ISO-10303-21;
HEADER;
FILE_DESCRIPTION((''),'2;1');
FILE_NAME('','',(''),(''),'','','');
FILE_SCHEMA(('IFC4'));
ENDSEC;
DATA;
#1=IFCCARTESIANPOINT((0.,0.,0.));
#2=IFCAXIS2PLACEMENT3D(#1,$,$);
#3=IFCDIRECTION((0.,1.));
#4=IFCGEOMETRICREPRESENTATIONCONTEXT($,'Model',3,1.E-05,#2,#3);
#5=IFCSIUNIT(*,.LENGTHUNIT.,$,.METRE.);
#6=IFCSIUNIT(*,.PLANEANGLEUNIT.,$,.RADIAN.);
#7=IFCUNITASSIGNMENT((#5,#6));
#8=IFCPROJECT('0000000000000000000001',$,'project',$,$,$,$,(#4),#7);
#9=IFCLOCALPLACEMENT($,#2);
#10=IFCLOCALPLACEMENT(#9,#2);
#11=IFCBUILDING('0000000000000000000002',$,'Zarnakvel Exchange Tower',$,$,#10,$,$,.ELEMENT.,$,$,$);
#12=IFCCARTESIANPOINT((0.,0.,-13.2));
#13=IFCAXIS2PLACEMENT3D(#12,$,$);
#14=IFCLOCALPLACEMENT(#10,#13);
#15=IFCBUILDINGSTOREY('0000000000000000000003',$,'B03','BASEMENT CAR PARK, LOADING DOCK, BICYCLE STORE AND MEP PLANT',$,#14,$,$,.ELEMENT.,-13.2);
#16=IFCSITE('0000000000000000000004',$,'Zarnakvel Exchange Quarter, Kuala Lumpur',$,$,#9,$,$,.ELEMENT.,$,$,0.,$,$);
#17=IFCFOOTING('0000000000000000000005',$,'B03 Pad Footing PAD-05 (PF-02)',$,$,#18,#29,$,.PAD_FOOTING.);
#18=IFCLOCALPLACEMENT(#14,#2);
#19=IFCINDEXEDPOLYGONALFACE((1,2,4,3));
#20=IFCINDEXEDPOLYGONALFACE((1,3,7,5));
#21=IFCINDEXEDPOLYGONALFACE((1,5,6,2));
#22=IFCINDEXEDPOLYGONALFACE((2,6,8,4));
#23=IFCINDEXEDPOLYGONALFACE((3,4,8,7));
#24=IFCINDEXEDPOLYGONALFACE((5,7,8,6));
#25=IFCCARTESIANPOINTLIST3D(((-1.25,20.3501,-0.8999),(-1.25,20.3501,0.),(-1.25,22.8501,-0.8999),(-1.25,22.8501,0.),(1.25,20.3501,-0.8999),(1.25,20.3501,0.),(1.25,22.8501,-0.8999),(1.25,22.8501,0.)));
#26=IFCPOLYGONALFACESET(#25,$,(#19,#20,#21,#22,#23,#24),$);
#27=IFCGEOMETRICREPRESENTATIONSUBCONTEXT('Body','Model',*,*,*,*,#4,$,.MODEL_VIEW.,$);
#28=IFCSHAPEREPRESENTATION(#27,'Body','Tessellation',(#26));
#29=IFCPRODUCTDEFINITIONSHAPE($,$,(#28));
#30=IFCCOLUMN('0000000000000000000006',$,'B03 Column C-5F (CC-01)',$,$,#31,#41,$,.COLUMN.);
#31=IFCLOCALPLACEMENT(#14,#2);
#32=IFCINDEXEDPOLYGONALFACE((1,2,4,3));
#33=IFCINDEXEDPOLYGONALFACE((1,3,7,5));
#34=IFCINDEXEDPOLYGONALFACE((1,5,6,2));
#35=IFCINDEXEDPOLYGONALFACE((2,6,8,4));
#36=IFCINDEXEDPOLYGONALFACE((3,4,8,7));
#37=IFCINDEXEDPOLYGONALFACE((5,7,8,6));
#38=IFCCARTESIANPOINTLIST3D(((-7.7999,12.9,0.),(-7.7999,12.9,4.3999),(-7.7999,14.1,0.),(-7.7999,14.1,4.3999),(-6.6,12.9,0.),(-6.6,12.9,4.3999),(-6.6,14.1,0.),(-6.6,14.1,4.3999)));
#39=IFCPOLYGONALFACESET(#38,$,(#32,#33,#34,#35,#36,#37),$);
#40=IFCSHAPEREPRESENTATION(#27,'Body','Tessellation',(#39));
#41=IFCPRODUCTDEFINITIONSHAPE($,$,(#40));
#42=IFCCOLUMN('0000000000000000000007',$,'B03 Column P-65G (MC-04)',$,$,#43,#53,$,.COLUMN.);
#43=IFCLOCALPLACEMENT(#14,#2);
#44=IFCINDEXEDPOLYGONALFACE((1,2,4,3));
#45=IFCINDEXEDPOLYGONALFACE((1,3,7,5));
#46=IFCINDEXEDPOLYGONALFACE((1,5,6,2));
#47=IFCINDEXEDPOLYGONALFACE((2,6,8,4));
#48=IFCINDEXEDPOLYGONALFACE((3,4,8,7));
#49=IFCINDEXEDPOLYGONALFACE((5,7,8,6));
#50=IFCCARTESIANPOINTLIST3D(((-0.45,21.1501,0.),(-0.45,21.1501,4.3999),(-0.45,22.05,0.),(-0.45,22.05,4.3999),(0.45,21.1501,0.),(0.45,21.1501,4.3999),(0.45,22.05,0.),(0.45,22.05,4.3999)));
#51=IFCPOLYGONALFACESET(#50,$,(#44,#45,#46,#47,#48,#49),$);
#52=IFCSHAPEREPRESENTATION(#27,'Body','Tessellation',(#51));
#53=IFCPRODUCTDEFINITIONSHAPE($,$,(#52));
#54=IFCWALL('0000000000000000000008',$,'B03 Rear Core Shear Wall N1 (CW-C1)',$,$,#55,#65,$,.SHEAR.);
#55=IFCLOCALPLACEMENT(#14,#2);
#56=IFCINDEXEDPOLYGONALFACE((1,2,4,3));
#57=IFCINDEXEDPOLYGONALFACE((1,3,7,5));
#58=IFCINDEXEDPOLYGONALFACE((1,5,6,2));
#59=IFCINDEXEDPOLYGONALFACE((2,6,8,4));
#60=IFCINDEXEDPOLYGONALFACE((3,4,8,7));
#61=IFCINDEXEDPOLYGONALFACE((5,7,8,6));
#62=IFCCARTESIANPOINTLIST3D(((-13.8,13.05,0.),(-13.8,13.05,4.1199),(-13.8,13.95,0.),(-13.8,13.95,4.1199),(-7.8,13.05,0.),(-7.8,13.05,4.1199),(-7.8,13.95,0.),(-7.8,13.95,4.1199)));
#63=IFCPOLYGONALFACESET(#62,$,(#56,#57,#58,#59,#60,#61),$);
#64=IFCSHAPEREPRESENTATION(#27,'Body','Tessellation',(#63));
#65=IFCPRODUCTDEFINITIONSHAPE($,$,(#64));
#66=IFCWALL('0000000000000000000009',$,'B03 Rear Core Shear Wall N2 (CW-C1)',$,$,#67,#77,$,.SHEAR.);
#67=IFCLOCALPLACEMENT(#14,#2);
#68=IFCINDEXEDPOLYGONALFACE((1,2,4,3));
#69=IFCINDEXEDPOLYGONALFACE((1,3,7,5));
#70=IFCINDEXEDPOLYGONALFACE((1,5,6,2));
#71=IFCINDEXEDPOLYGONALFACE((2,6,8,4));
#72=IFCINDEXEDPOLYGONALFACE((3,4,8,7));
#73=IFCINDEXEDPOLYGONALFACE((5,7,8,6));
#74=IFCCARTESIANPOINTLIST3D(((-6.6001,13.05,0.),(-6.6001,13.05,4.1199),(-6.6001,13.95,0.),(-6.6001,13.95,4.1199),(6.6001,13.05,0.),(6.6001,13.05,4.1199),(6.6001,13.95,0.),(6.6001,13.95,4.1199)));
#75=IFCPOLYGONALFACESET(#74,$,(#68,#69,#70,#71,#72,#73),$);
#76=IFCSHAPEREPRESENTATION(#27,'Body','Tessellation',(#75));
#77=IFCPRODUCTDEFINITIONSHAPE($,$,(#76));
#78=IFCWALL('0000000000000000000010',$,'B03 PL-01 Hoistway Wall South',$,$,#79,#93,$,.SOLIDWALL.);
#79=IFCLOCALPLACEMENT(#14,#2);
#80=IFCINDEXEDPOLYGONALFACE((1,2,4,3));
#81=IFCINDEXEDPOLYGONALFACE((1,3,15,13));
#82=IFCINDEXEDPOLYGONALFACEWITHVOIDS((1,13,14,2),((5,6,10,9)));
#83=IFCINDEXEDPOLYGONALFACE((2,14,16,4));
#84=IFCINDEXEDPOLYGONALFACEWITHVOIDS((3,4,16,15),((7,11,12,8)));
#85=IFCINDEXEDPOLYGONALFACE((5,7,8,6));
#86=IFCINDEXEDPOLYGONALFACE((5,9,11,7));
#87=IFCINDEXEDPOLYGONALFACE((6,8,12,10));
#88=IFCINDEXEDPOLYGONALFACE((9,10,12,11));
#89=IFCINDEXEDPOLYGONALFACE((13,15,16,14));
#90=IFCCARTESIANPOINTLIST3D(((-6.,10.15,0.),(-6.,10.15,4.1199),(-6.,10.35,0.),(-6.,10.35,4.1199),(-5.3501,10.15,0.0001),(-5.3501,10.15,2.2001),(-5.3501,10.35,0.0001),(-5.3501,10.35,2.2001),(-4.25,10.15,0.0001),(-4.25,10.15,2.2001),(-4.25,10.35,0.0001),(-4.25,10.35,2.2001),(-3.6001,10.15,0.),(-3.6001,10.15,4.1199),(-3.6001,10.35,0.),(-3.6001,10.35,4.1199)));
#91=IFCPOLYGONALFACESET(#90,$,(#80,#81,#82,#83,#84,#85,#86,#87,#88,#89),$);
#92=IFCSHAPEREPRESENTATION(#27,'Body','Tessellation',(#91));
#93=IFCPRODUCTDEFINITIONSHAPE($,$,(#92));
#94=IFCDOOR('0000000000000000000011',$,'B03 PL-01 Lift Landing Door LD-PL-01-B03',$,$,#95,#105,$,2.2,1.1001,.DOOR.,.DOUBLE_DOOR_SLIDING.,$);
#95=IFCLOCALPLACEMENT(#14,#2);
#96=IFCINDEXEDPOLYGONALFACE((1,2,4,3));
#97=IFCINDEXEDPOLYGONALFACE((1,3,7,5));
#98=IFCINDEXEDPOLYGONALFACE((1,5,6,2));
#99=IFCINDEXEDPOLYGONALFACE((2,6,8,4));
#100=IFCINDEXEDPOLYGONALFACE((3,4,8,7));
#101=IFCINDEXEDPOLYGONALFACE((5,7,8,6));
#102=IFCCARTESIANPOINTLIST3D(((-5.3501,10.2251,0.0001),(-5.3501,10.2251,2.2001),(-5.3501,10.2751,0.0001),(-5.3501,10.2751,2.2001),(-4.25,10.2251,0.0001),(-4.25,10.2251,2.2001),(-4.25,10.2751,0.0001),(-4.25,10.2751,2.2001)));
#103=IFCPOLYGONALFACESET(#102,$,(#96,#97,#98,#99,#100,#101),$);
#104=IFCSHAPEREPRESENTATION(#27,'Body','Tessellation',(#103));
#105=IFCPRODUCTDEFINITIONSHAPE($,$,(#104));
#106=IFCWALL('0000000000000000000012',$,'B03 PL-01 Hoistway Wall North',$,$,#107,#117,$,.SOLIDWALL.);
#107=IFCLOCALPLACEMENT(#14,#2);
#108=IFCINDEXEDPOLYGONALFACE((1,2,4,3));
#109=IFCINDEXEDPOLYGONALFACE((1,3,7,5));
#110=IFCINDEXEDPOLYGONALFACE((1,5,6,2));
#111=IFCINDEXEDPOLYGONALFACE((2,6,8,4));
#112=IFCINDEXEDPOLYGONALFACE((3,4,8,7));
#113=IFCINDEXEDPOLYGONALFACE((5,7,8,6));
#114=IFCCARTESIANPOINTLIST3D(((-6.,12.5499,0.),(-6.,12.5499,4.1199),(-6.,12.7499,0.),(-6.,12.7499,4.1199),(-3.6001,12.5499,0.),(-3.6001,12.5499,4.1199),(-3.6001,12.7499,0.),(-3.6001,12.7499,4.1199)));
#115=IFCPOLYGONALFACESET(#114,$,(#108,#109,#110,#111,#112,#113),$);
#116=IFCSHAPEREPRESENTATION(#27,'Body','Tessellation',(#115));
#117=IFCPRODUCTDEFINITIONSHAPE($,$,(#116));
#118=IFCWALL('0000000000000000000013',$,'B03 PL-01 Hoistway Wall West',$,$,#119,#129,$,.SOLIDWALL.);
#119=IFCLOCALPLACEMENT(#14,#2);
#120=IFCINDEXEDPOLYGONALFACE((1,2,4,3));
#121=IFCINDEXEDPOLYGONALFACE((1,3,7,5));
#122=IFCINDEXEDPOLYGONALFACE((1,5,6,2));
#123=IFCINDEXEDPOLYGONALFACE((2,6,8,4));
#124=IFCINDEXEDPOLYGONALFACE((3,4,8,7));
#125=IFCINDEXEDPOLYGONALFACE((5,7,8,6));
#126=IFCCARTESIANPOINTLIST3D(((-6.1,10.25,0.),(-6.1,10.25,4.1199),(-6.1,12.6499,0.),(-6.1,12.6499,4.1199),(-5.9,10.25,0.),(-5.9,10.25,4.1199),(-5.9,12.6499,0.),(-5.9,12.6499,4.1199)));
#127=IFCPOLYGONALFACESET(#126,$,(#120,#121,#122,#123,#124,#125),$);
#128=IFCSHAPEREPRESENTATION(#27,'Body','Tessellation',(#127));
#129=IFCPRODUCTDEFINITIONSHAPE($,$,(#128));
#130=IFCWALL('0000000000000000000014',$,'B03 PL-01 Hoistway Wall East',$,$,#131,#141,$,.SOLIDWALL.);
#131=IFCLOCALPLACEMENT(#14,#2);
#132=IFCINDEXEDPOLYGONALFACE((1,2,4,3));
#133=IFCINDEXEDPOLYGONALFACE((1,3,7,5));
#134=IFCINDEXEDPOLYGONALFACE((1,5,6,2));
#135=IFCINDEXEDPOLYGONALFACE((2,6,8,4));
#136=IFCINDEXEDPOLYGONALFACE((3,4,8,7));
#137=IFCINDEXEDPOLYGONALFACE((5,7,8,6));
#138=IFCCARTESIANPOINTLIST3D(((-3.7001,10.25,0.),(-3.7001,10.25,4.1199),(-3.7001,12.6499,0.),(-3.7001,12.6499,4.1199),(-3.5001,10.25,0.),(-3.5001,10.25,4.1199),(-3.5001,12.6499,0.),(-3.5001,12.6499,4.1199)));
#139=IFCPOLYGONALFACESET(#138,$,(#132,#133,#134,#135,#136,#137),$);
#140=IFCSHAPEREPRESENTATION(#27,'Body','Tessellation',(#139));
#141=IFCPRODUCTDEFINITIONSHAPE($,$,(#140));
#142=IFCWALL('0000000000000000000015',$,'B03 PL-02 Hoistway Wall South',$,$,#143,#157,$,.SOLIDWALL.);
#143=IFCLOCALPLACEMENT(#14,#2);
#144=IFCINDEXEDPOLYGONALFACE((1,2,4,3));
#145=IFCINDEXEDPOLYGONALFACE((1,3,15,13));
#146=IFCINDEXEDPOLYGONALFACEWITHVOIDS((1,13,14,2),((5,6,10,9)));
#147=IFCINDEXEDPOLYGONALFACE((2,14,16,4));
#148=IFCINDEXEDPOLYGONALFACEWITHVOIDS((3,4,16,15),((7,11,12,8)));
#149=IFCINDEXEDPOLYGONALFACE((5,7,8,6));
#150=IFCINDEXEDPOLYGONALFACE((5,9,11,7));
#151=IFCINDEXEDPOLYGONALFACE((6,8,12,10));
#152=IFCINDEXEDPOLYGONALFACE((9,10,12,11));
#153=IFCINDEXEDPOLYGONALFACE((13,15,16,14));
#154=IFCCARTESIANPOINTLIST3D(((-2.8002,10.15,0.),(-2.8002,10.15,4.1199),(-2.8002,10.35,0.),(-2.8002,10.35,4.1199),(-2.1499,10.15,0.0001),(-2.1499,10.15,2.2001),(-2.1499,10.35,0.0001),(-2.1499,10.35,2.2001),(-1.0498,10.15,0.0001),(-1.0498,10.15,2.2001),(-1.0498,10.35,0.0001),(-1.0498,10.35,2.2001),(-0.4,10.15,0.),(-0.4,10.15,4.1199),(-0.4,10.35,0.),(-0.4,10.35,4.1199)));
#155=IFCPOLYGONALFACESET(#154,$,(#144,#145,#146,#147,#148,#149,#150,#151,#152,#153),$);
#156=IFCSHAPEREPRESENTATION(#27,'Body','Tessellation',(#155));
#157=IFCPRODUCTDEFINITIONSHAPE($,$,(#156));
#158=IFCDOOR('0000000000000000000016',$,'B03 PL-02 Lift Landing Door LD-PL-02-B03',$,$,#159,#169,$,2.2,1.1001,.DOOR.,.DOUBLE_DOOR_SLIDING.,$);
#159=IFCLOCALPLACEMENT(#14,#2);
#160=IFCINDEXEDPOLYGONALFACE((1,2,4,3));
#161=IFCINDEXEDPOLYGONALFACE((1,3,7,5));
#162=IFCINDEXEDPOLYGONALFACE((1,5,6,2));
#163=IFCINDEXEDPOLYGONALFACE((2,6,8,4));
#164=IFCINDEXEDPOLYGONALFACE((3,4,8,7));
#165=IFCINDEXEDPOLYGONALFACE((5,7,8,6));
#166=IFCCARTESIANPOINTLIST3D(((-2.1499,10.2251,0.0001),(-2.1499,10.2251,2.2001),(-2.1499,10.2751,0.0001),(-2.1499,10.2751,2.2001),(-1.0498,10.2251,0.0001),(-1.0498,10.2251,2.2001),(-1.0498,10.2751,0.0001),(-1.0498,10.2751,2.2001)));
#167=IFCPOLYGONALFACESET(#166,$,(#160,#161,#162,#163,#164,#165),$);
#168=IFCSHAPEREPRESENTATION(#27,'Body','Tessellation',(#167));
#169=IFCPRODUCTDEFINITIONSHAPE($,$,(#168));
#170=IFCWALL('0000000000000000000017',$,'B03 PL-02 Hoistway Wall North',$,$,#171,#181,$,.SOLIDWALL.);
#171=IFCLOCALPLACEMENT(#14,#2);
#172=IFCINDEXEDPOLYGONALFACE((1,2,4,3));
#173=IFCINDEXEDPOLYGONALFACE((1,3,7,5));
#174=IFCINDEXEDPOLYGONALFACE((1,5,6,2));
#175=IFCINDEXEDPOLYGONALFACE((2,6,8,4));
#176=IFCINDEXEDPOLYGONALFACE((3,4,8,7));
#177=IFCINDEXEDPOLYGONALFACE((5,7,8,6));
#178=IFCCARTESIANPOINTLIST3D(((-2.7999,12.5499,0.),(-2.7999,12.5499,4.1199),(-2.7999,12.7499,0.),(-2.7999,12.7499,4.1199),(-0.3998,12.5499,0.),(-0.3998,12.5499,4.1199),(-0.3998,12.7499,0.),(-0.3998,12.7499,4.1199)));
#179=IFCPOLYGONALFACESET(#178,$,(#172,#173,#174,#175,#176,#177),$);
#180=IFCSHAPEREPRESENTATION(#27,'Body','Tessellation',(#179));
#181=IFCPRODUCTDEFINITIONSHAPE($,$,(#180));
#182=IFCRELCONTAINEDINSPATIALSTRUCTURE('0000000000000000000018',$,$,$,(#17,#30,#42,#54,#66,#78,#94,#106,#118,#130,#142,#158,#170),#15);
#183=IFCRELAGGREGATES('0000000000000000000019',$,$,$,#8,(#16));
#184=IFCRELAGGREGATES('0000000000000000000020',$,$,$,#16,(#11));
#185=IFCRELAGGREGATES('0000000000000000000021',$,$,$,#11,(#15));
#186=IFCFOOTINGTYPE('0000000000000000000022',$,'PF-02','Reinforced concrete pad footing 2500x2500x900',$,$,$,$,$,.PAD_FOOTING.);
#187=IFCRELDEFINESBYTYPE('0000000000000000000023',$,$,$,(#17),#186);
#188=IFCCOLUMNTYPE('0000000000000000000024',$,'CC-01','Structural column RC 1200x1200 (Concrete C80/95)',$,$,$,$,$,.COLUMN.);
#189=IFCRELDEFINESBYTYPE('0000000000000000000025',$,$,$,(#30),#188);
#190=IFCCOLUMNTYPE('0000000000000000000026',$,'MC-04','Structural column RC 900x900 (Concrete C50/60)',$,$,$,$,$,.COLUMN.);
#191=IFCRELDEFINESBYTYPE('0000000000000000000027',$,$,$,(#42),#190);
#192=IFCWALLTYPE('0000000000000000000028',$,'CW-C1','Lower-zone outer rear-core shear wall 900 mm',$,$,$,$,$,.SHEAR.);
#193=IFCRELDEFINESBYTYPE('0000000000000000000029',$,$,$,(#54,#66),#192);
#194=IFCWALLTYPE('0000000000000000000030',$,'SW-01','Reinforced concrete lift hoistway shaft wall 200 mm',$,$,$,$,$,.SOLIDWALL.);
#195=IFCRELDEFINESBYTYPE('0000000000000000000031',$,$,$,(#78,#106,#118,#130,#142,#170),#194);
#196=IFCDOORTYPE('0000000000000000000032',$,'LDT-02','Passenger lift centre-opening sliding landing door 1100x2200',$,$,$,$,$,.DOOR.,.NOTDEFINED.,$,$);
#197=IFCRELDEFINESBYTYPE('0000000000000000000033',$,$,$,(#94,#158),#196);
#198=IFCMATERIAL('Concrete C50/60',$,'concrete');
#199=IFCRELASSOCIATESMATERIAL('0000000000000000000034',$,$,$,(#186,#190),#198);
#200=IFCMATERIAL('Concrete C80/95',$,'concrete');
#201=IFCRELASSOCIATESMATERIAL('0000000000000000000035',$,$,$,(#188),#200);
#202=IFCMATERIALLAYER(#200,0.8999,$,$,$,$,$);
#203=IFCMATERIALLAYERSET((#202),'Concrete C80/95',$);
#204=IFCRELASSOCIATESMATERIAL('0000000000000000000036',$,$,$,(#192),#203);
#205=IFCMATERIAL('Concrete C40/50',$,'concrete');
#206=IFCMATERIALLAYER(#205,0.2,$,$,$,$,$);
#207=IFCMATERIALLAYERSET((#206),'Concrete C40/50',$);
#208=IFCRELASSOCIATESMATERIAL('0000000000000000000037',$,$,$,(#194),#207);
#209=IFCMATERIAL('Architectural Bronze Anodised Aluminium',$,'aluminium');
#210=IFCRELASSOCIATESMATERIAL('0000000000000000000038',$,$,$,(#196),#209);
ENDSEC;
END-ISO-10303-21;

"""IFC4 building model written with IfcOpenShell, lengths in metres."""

from ifc_helpers import new_model, si_unit, direction, frame, frame_2d, origin, origin_2d, place, context, subcontext, project, spatial, rectangle, extrude, source, transform, mapped, material, layer, layer_set, material_profile, profile_set, type_object, element, fill, save


model = new_model("IFC4")

# Units and contexts
model_context = context("Model", 3, precision=1e-05, world=origin(), true_north=direction((0.0, 1.0)))
body_context = subcontext(model_context, "Body", "Model", "MODEL_VIEW")
ifc_project = project(units=[si_unit("LENGTHUNIT", "METRE"), si_unit("PLANEANGLEUNIT", "RADIAN")], contexts=[model_context])

# Site, building, storey
site_placement = place(None, origin())
site = spatial("IfcSite", under=ifc_project, at=site_placement, Name="Zarnakvel Exchange Quarter, Kuala Lumpur", CompositionType="ELEMENT", RefElevation=0.0)
building_placement = place(site_placement, origin())
building = spatial("IfcBuilding", under=site, at=building_placement, Name="Zarnakvel Exchange Tower", CompositionType="ELEMENT")
storey_placement = place(building_placement, frame((0.0, 0.0, -13.2)))
storey = spatial("IfcBuildingStorey", under=building, at=storey_placement, Name="B03", Description="BASEMENT CAR PARK, LOADING DOCK, BICYCLE STORE AND MEP PLANT", CompositionType="ELEMENT", Elevation=-13.2)

# Shared definitions
ifc_material_1 = material(Name="Concrete C50/60", Category="concrete")

# Footing
footing_type_1 = type_object("IfcFootingType", Name="PF-02", Description="Reinforced concrete pad footing 2500x2500x900", PredefinedType="PAD_FOOTING", material=ifc_material_1)
shared_shape_1 = source(origin(), body_context, "Body", "SweptSolid", [
    extrude(rectangle(XDim=2.5, YDim=2.5, at=origin_2d()), origin(), (0.0, 0.0, 1.0), 0.8999),
])
footing_1_placement = place(storey_placement, frame((0.0, 21.6001, -0.8999), z_axis=(0.0, 0.0, 1.0), x_axis=(1.0, 0.0, 0.0)))
element("IfcFooting", 1, at=footing_1_placement, inside=storey, type_object=footing_type_1, Name="B03 Pad Footing PAD-05 (PF-02)", PredefinedType="PAD_FOOTING", context=body_context, shape_type="MappedRepresentation", body=[
    mapped(shared_shape_1, transform((0.0, 0.0, 0.0), x_axis=(1.0, 0.0, 0.0), y_axis=(0.0, 1.0, 0.0), z_axis=(0.0, 0.0, 1.0), scale=1.0)),
])

# Columns
ifc_material_2 = material(Name="Concrete C80/95", Category="concrete")
ifc_material_profile_1 = material_profile(ifc_material_2, rectangle(XDim=1.2, YDim=1.2, at=origin_2d()))
ifc_profile_set_1 = profile_set([ifc_material_profile_1], Name="Concrete C80/95")
column_type_1 = type_object("IfcColumnType", Name="CC-01", Description="Structural column RC 1200x1200 (Concrete C80/95)", PredefinedType="COLUMN", material=ifc_profile_set_1)
column_1_placement = place(storey_placement, frame((-7.2, 13.5, 0.0), z_axis=(0.0, 0.0, 1.0), x_axis=(1.0, 0.0, 0.0)))
element("IfcColumn", 2, at=column_1_placement, inside=storey, type_object=column_type_1, Name="B03 Column C-5F (CC-01)", PredefinedType="COLUMN", context=body_context, shape_type="SweptSolid", body=[
    extrude(rectangle(XDim=1.2, YDim=1.2, at=origin_2d()), origin(), (0.0, 0.0, 1.0), 4.3999),
])
ifc_material_profile_2 = material_profile(ifc_material_1, rectangle(XDim=0.8999, YDim=0.8999, at=origin_2d()))
ifc_profile_set_2 = profile_set([ifc_material_profile_2], Name="Concrete C50/60")
column_type_2 = type_object("IfcColumnType", Name="MC-04", Description="Structural column RC 900x900 (Concrete C50/60)", PredefinedType="COLUMN", material=ifc_profile_set_2)
column_2_placement = place(storey_placement, frame((0.0, 21.6001, 0.0), z_axis=(0.0, 0.0, 1.0), x_axis=(1.0, 0.0, 0.0)))
element("IfcColumn", 3, at=column_2_placement, inside=storey, type_object=column_type_2, Name="B03 Column P-65G (MC-04)", PredefinedType="COLUMN", context=body_context, shape_type="SweptSolid", body=[
    extrude(rectangle(XDim=0.8999, YDim=0.8999, at=origin_2d()), origin(), (0.0, 0.0, 1.0), 4.3999),
])

# Walls
ifc_layer_1 = layer(ifc_material_2, 0.8999)
ifc_layer_set_1 = layer_set([ifc_layer_1], Name="Concrete C80/95")
wall_type_1 = type_object("IfcWallType", Name="CW-C1", Description="Lower-zone outer rear-core shear wall 900 mm", PredefinedType="SHEAR", material=ifc_layer_set_1)
wall_1_placement = place(storey_placement, frame((-13.8, 13.5, 0.0), z_axis=(0.0, 0.0, 1.0), x_axis=(1.0, 0.0, 0.0)))
element("IfcWall", 4, at=wall_1_placement, inside=storey, type_object=wall_type_1, Name="B03 Rear Core Shear Wall N1 (CW-C1)", PredefinedType="SHEAR", context=body_context, shape_type="SweptSolid", body=[
    extrude(rectangle(XDim=6.0, YDim=0.8999, at=frame_2d((3.0, 0.0))), origin(), (0.0, 0.0, 1.0), 4.1199),
])
wall_2_placement = place(storey_placement, frame((-6.6001, 13.5, 0.0), z_axis=(0.0, 0.0, 1.0), x_axis=(1.0, 0.0, 0.0)))
element("IfcWall", 5, at=wall_2_placement, inside=storey, type_object=wall_type_1, Name="B03 Rear Core Shear Wall N2 (CW-C1)", PredefinedType="SHEAR", context=body_context, shape_type="SweptSolid", body=[
    extrude(rectangle(XDim=13.2002, YDim=0.8999, at=frame_2d((6.6001, 0.0))), origin(), (0.0, 0.0, 1.0), 4.1199),
])

# Wall, opening, door
ifc_material_3 = material(Name="Concrete C40/50", Category="concrete")
ifc_layer_2 = layer(ifc_material_3, 0.2)
ifc_layer_set_2 = layer_set([ifc_layer_2], Name="Concrete C40/50")
wall_type_2 = type_object("IfcWallType", Name="SW-01", Description="Reinforced concrete lift hoistway shaft wall 200 mm", PredefinedType="SOLIDWALL", material=ifc_layer_set_2)
wall_3_placement = place(storey_placement, frame((-3.6001, 10.25, 0.0), z_axis=(0.0, 0.0, 1.0), x_axis=(-1.0, 0.0, 0.0)))
wall_3 = element("IfcWall", 6, at=wall_3_placement, inside=storey, type_object=wall_type_2, Name="B03 PL-01 Hoistway Wall South", PredefinedType="SOLIDWALL", context=body_context, shape_type="SweptSolid", body=[
    extrude(rectangle(XDim=2.3999, YDim=0.2, at=frame_2d((1.2, 0.0))), origin(), (0.0, 0.0, 1.0), 4.1199),
])
opening_1_placement = place(wall_3_placement, frame((0.6499, 0.0, 0.0)))
opening_1 = element("IfcOpeningElement", 7, at=opening_1_placement, cuts=wall_3, PredefinedType="OPENING", context=body_context, shape_type="SweptSolid", body=[
    extrude(rectangle(XDim=1.1001, YDim=2.2, at=frame_2d((0.55, 1.1001))), frame((0.0, 0.1099, 0.0), z_axis=(0.0, -1.0, 0.0), x_axis=(1.0, 0.0, 0.0)), (0.0, 0.0, 1.0), 0.22),
])
ifc_material_4 = material(Name="Architectural Bronze Anodised Aluminium", Category="aluminium")
door_type = type_object("IfcDoorType", Name="LDT-02", Description="Passenger lift centre-opening sliding landing door 1100x2200", OperationType="NOTDEFINED", PredefinedType="DOOR", material=ifc_material_4)
shared_shape_2 = source(origin(), body_context, "Body", "SweptSolid", [
    extrude(rectangle(XDim=1.1001, YDim=2.2, at=frame_2d((0.55, 1.1001))), frame((0.0, 0.0249, 0.0), z_axis=(0.0, -1.0, 0.0), x_axis=(1.0, 0.0, 0.0)), (0.0, 0.0, 1.0), 0.05),
])
door_1_placement = place(opening_1_placement, origin())
door_1 = element("IfcDoor", 8, at=door_1_placement, inside=storey, type_object=door_type, Name="B03 PL-01 Lift Landing Door LD-PL-01-B03", OperationType="DOUBLE_DOOR_SLIDING", OverallHeight=2.2, OverallWidth=1.1001, PredefinedType="DOOR", context=body_context, shape_type="MappedRepresentation", body=[
    mapped(shared_shape_2, transform((0.0, 0.0, 0.0), x_axis=(1.0, 0.0, 0.0), y_axis=(0.0, 1.0, 0.0), z_axis=(0.0, 0.0, 1.0), scale=1.0)),
])
fill(opening_1, door_1)

# Walls
for number, where, z_axis, x_axis, name in (
    (9, (-6.0, 12.6499, 0.0), (0.0, 0.0, 1.0), (1.0, 0.0, 0.0), "B03 PL-01 Hoistway Wall North"),
    (10, (-6.0, 10.25, 0.0), (0.0, 0.0, 1.0), (0.0, 1.0, 0.0), "B03 PL-01 Hoistway Wall West"),
    (11, (-3.6001, 12.6499, 0.0), (0.0, 0.0, 1.0), (0.0, -1.0, 0.0), "B03 PL-01 Hoistway Wall East"),
):
    element("IfcWall", number, at=place(storey_placement, frame(where, z_axis=z_axis, x_axis=x_axis)), inside=storey, type_object=wall_type_2, Name=name, PredefinedType="SOLIDWALL", context=body_context, shape_type="SweptSolid", body=[
        extrude(rectangle(XDim=2.3999, YDim=0.2, at=frame_2d((1.2, 0.0))), origin(), (0.0, 0.0, 1.0), 4.1199),
    ])

# Wall, opening, door
wall_4_placement = place(storey_placement, frame((-0.3999, 10.25, 0.0), z_axis=(0.0, 0.0, 1.0), x_axis=(-1.0, 0.0, 0.0)))
wall_4 = element("IfcWall", 12, at=wall_4_placement, inside=storey, type_object=wall_type_2, Name="B03 PL-02 Hoistway Wall South", PredefinedType="SOLIDWALL", context=body_context, shape_type="SweptSolid", body=[
    extrude(rectangle(XDim=2.4001, YDim=0.2, at=frame_2d((1.2002, 0.0))), origin(), (0.0, 0.0, 1.0), 4.1199),
])
opening_2_placement = place(wall_4_placement, frame((0.6499, 0.0, 0.0)))
opening_2 = element("IfcOpeningElement", 13, at=opening_2_placement, cuts=wall_4, PredefinedType="OPENING", context=body_context, shape_type="SweptSolid", body=[
    extrude(rectangle(XDim=1.1001, YDim=2.2, at=frame_2d((0.55, 1.1001))), frame((0.0, 0.1099, 0.0), z_axis=(0.0, -1.0, 0.0), x_axis=(1.0, 0.0, 0.0)), (0.0, 0.0, 1.0), 0.22),
])
door_2_placement = place(opening_2_placement, origin())
door_2 = element("IfcDoor", 14, at=door_2_placement, inside=storey, type_object=door_type, Name="B03 PL-02 Lift Landing Door LD-PL-02-B03", OperationType="DOUBLE_DOOR_SLIDING", OverallHeight=2.2, OverallWidth=1.1001, PredefinedType="DOOR", context=body_context, shape_type="MappedRepresentation", body=[
    mapped(shared_shape_2, transform((0.0, 0.0, 0.0), x_axis=(1.0, 0.0, 0.0), y_axis=(0.0, 1.0, 0.0), z_axis=(0.0, 0.0, 1.0), scale=1.0)),
])
fill(opening_2, door_2)

# Wall
wall_5_placement = place(storey_placement, frame((-2.8, 12.6499, 0.0), z_axis=(0.0, 0.0, 1.0), x_axis=(1.0, 0.0, 0.0)))
element("IfcWall", 15, at=wall_5_placement, inside=storey, type_object=wall_type_2, Name="B03 PL-02 Hoistway Wall North", PredefinedType="SOLIDWALL", context=body_context, shape_type="SweptSolid", body=[
    extrude(rectangle(XDim=2.4001, YDim=0.2, at=frame_2d((1.2002, 0.0))), origin(), (0.0, 0.0, 1.0), 4.1199),
])

save(model, "model.ifc")
